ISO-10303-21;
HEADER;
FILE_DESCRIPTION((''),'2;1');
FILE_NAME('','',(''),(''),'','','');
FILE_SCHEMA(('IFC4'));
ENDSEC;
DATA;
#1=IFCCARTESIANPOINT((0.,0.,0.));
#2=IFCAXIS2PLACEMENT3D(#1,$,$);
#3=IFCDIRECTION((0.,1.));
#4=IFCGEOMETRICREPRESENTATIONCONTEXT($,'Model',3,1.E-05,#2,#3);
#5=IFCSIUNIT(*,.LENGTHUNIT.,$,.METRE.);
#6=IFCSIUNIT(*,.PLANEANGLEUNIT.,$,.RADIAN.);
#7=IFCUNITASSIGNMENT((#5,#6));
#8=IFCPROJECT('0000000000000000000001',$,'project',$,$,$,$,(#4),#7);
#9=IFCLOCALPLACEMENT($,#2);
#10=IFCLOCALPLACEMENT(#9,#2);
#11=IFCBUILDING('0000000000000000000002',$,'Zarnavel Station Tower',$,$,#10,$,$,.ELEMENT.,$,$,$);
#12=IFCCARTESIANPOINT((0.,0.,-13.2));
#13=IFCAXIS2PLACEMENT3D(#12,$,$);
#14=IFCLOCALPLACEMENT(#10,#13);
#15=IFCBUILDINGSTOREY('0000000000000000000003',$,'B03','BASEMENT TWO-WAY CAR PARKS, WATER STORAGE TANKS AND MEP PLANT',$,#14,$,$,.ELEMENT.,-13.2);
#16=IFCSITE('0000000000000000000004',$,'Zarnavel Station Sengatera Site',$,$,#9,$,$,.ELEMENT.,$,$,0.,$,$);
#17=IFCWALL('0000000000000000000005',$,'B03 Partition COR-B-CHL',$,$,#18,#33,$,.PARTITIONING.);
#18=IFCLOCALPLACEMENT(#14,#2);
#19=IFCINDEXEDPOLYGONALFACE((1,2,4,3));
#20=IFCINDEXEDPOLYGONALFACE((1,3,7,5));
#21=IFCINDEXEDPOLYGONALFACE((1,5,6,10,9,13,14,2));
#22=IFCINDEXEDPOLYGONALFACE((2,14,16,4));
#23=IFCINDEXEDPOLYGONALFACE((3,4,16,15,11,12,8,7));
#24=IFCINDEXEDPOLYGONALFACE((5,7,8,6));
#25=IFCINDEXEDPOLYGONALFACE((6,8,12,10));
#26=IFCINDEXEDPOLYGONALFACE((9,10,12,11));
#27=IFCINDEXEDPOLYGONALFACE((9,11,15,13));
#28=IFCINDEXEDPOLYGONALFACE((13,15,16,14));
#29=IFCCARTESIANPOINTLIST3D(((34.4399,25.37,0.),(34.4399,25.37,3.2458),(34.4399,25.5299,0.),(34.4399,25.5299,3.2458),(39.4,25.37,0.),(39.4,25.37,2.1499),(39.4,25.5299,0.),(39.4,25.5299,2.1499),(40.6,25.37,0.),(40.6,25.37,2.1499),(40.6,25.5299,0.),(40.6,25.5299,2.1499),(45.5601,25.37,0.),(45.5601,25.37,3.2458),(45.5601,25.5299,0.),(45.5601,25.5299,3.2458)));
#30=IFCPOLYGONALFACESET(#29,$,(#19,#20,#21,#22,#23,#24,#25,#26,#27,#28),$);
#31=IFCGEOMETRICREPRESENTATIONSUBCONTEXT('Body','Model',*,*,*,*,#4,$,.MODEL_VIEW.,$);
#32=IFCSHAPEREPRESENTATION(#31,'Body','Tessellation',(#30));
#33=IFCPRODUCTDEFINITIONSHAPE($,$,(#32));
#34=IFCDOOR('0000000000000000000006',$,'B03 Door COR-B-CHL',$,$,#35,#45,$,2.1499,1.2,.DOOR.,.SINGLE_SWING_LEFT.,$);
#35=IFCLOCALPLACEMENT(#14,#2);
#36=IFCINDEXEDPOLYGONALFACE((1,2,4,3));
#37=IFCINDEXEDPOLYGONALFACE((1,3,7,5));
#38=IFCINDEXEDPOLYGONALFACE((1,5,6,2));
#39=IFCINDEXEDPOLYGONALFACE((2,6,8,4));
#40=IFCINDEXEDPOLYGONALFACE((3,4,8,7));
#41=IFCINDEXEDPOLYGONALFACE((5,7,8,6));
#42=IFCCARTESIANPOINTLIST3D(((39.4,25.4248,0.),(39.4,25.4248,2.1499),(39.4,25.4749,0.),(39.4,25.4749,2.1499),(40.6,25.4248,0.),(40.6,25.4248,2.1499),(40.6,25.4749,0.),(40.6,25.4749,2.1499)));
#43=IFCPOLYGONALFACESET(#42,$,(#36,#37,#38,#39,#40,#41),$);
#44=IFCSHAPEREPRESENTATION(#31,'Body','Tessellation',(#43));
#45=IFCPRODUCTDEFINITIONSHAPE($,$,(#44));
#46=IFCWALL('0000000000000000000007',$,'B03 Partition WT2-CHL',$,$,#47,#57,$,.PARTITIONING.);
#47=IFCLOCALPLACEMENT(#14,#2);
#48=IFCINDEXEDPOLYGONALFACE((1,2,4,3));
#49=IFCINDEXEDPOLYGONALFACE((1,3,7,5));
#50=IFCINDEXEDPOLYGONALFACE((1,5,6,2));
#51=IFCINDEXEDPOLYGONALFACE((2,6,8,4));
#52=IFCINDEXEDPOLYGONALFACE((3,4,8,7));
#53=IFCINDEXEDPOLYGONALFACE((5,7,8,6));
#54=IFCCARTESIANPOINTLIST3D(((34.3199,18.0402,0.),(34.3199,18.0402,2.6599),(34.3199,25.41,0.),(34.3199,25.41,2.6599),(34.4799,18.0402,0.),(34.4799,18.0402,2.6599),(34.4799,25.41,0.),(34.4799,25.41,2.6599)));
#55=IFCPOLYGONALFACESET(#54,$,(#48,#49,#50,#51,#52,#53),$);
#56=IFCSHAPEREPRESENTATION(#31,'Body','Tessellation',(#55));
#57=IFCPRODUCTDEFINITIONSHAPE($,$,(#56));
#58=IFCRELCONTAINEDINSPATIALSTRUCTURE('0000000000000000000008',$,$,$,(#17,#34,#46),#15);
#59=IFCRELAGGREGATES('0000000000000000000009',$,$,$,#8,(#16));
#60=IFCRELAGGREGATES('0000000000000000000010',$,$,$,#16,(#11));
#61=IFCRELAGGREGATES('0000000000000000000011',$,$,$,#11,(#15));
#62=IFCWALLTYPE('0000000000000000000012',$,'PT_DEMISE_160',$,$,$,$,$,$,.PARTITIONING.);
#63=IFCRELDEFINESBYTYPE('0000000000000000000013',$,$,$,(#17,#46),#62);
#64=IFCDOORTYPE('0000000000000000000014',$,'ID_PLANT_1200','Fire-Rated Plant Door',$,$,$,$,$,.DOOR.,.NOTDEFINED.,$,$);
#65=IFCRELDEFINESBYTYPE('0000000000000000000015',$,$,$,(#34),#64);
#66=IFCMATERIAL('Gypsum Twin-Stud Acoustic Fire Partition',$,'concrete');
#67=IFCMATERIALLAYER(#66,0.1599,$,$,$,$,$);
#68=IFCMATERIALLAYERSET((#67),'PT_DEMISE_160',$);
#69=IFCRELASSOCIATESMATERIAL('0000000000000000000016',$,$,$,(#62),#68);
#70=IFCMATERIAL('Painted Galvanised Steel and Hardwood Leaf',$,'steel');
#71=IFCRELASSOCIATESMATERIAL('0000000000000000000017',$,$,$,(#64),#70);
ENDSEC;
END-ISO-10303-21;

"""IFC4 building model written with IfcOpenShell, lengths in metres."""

from ifc_helpers import new_model, si_unit, direction, frame, frame_2d, origin, place, context, subcontext, project, spatial, rectangle, extrude, material, layer, layer_set, type_object, element, fill, save


model = new_model("IFC4")

# Units and contexts
model_context = context("Model", 3, precision=1e-05, world=origin(), true_north=direction((0.0, 1.0)))
body_context = subcontext(model_context, "Body", "Model", "MODEL_VIEW")
ifc_project = project(units=[si_unit("LENGTHUNIT", "METRE"), si_unit("PLANEANGLEUNIT", "RADIAN")], contexts=[model_context])

# Site, building, storey
site_placement = place(None, origin())
site = spatial("IfcSite", under=ifc_project, at=site_placement, Name="Zarnavel Station Sengatera Site", CompositionType="ELEMENT", RefElevation=0.0)
building_placement = place(site_placement, origin())
building = spatial("IfcBuilding", under=site, at=building_placement, Name="Zarnavel Station Tower", CompositionType="ELEMENT")
storey_placement = place(building_placement, frame((0.0, 0.0, -13.2)))
storey = spatial("IfcBuildingStorey", under=building, at=storey_placement, Name="B03", Description="BASEMENT TWO-WAY CAR PARKS, WATER STORAGE TANKS AND MEP PLANT", CompositionType="ELEMENT", Elevation=-13.2)

# Wall, opening, door
ifc_material_1 = material(Name="Gypsum Twin-Stud Acoustic Fire Partition", Category="concrete")
ifc_layer_1 = layer(ifc_material_1, 0.1599)
ifc_layer_set_1 = layer_set([ifc_layer_1], Name="PT_DEMISE_160")
wall_type_1 = type_object("IfcWallType", Name="PT_DEMISE_160", PredefinedType="PARTITIONING", material=ifc_layer_set_1)
wall_1_placement = place(storey_placement, frame((34.4399, 25.45, 0.0), z_axis=(0.0, 0.0, 1.0), x_axis=(1.0, 0.0, 0.0)))
wall_1 = element("IfcWall", 1, at=wall_1_placement, inside=storey, type_object=wall_type_1, Name="B03 Partition COR-B-CHL", PredefinedType="PARTITIONING", context=body_context, shape_type="SweptSolid", body=[
    extrude(rectangle(XDim=11.1201, YDim=0.1599, at=frame_2d((5.5601, 0.0))), origin(), (0.0, 0.0, 1.0), 3.2458),
])
opening_1_placement = place(wall_1_placement, frame((4.96, 0.0, 0.0)))
opening_1 = element("IfcOpeningElement", 2, at=opening_1_placement, cuts=wall_1, PredefinedType="OPENING", context=body_context, shape_type="SweptSolid", body=[
    extrude(rectangle(XDim=1.2, YDim=2.1499, at=frame_2d((0.6001, 1.075))), frame((0.0, 0.0898, 0.0), z_axis=(0.0, -1.0, 0.0), x_axis=(1.0, 0.0, 0.0)), (0.0, 0.0, 1.0), 0.1799),
])
ifc_material_2 = material(Name="Painted Galvanised Steel and Hardwood Leaf", Category="steel")
door_type_1 = type_object("IfcDoorType", Name="ID_PLANT_1200", Description="Fire-Rated Plant Door", OperationType="NOTDEFINED", PredefinedType="DOOR", material=ifc_material_2)
door_1_placement = place(opening_1_placement, origin())
door_1 = element("IfcDoor", 3, at=door_1_placement, inside=storey, type_object=door_type_1, Name="B03 Door COR-B-CHL", OperationType="SINGLE_SWING_LEFT", OverallHeight=2.1499, OverallWidth=1.2, PredefinedType="DOOR", context=body_context, shape_type="SweptSolid", body=[
    extrude(rectangle(XDim=1.2, YDim=2.1499, at=frame_2d((0.6001, 1.075))), frame((0.0, 0.0249, 0.0), z_axis=(0.0, -1.0, 0.0), x_axis=(1.0, 0.0, 0.0)), (0.0, 0.0, 1.0), 0.05),
])
fill(opening_1, door_1)

# Wall
wall_2_placement = place(storey_placement, frame((34.3999, 18.04, 0.0), z_axis=(0.0, 0.0, 1.0), x_axis=(0.0, 1.0, 0.0)))
element("IfcWall", 4, at=wall_2_placement, inside=storey, type_object=wall_type_1, Name="B03 Partition WT2-CHL", PredefinedType="PARTITIONING", context=body_context, shape_type="SweptSolid", body=[
    extrude(rectangle(XDim=7.3699, YDim=0.1599, at=frame_2d((3.6851, 0.0))), origin(), (0.0, 0.0, 1.0), 2.6599),
])

save(model, "model.ifc")
